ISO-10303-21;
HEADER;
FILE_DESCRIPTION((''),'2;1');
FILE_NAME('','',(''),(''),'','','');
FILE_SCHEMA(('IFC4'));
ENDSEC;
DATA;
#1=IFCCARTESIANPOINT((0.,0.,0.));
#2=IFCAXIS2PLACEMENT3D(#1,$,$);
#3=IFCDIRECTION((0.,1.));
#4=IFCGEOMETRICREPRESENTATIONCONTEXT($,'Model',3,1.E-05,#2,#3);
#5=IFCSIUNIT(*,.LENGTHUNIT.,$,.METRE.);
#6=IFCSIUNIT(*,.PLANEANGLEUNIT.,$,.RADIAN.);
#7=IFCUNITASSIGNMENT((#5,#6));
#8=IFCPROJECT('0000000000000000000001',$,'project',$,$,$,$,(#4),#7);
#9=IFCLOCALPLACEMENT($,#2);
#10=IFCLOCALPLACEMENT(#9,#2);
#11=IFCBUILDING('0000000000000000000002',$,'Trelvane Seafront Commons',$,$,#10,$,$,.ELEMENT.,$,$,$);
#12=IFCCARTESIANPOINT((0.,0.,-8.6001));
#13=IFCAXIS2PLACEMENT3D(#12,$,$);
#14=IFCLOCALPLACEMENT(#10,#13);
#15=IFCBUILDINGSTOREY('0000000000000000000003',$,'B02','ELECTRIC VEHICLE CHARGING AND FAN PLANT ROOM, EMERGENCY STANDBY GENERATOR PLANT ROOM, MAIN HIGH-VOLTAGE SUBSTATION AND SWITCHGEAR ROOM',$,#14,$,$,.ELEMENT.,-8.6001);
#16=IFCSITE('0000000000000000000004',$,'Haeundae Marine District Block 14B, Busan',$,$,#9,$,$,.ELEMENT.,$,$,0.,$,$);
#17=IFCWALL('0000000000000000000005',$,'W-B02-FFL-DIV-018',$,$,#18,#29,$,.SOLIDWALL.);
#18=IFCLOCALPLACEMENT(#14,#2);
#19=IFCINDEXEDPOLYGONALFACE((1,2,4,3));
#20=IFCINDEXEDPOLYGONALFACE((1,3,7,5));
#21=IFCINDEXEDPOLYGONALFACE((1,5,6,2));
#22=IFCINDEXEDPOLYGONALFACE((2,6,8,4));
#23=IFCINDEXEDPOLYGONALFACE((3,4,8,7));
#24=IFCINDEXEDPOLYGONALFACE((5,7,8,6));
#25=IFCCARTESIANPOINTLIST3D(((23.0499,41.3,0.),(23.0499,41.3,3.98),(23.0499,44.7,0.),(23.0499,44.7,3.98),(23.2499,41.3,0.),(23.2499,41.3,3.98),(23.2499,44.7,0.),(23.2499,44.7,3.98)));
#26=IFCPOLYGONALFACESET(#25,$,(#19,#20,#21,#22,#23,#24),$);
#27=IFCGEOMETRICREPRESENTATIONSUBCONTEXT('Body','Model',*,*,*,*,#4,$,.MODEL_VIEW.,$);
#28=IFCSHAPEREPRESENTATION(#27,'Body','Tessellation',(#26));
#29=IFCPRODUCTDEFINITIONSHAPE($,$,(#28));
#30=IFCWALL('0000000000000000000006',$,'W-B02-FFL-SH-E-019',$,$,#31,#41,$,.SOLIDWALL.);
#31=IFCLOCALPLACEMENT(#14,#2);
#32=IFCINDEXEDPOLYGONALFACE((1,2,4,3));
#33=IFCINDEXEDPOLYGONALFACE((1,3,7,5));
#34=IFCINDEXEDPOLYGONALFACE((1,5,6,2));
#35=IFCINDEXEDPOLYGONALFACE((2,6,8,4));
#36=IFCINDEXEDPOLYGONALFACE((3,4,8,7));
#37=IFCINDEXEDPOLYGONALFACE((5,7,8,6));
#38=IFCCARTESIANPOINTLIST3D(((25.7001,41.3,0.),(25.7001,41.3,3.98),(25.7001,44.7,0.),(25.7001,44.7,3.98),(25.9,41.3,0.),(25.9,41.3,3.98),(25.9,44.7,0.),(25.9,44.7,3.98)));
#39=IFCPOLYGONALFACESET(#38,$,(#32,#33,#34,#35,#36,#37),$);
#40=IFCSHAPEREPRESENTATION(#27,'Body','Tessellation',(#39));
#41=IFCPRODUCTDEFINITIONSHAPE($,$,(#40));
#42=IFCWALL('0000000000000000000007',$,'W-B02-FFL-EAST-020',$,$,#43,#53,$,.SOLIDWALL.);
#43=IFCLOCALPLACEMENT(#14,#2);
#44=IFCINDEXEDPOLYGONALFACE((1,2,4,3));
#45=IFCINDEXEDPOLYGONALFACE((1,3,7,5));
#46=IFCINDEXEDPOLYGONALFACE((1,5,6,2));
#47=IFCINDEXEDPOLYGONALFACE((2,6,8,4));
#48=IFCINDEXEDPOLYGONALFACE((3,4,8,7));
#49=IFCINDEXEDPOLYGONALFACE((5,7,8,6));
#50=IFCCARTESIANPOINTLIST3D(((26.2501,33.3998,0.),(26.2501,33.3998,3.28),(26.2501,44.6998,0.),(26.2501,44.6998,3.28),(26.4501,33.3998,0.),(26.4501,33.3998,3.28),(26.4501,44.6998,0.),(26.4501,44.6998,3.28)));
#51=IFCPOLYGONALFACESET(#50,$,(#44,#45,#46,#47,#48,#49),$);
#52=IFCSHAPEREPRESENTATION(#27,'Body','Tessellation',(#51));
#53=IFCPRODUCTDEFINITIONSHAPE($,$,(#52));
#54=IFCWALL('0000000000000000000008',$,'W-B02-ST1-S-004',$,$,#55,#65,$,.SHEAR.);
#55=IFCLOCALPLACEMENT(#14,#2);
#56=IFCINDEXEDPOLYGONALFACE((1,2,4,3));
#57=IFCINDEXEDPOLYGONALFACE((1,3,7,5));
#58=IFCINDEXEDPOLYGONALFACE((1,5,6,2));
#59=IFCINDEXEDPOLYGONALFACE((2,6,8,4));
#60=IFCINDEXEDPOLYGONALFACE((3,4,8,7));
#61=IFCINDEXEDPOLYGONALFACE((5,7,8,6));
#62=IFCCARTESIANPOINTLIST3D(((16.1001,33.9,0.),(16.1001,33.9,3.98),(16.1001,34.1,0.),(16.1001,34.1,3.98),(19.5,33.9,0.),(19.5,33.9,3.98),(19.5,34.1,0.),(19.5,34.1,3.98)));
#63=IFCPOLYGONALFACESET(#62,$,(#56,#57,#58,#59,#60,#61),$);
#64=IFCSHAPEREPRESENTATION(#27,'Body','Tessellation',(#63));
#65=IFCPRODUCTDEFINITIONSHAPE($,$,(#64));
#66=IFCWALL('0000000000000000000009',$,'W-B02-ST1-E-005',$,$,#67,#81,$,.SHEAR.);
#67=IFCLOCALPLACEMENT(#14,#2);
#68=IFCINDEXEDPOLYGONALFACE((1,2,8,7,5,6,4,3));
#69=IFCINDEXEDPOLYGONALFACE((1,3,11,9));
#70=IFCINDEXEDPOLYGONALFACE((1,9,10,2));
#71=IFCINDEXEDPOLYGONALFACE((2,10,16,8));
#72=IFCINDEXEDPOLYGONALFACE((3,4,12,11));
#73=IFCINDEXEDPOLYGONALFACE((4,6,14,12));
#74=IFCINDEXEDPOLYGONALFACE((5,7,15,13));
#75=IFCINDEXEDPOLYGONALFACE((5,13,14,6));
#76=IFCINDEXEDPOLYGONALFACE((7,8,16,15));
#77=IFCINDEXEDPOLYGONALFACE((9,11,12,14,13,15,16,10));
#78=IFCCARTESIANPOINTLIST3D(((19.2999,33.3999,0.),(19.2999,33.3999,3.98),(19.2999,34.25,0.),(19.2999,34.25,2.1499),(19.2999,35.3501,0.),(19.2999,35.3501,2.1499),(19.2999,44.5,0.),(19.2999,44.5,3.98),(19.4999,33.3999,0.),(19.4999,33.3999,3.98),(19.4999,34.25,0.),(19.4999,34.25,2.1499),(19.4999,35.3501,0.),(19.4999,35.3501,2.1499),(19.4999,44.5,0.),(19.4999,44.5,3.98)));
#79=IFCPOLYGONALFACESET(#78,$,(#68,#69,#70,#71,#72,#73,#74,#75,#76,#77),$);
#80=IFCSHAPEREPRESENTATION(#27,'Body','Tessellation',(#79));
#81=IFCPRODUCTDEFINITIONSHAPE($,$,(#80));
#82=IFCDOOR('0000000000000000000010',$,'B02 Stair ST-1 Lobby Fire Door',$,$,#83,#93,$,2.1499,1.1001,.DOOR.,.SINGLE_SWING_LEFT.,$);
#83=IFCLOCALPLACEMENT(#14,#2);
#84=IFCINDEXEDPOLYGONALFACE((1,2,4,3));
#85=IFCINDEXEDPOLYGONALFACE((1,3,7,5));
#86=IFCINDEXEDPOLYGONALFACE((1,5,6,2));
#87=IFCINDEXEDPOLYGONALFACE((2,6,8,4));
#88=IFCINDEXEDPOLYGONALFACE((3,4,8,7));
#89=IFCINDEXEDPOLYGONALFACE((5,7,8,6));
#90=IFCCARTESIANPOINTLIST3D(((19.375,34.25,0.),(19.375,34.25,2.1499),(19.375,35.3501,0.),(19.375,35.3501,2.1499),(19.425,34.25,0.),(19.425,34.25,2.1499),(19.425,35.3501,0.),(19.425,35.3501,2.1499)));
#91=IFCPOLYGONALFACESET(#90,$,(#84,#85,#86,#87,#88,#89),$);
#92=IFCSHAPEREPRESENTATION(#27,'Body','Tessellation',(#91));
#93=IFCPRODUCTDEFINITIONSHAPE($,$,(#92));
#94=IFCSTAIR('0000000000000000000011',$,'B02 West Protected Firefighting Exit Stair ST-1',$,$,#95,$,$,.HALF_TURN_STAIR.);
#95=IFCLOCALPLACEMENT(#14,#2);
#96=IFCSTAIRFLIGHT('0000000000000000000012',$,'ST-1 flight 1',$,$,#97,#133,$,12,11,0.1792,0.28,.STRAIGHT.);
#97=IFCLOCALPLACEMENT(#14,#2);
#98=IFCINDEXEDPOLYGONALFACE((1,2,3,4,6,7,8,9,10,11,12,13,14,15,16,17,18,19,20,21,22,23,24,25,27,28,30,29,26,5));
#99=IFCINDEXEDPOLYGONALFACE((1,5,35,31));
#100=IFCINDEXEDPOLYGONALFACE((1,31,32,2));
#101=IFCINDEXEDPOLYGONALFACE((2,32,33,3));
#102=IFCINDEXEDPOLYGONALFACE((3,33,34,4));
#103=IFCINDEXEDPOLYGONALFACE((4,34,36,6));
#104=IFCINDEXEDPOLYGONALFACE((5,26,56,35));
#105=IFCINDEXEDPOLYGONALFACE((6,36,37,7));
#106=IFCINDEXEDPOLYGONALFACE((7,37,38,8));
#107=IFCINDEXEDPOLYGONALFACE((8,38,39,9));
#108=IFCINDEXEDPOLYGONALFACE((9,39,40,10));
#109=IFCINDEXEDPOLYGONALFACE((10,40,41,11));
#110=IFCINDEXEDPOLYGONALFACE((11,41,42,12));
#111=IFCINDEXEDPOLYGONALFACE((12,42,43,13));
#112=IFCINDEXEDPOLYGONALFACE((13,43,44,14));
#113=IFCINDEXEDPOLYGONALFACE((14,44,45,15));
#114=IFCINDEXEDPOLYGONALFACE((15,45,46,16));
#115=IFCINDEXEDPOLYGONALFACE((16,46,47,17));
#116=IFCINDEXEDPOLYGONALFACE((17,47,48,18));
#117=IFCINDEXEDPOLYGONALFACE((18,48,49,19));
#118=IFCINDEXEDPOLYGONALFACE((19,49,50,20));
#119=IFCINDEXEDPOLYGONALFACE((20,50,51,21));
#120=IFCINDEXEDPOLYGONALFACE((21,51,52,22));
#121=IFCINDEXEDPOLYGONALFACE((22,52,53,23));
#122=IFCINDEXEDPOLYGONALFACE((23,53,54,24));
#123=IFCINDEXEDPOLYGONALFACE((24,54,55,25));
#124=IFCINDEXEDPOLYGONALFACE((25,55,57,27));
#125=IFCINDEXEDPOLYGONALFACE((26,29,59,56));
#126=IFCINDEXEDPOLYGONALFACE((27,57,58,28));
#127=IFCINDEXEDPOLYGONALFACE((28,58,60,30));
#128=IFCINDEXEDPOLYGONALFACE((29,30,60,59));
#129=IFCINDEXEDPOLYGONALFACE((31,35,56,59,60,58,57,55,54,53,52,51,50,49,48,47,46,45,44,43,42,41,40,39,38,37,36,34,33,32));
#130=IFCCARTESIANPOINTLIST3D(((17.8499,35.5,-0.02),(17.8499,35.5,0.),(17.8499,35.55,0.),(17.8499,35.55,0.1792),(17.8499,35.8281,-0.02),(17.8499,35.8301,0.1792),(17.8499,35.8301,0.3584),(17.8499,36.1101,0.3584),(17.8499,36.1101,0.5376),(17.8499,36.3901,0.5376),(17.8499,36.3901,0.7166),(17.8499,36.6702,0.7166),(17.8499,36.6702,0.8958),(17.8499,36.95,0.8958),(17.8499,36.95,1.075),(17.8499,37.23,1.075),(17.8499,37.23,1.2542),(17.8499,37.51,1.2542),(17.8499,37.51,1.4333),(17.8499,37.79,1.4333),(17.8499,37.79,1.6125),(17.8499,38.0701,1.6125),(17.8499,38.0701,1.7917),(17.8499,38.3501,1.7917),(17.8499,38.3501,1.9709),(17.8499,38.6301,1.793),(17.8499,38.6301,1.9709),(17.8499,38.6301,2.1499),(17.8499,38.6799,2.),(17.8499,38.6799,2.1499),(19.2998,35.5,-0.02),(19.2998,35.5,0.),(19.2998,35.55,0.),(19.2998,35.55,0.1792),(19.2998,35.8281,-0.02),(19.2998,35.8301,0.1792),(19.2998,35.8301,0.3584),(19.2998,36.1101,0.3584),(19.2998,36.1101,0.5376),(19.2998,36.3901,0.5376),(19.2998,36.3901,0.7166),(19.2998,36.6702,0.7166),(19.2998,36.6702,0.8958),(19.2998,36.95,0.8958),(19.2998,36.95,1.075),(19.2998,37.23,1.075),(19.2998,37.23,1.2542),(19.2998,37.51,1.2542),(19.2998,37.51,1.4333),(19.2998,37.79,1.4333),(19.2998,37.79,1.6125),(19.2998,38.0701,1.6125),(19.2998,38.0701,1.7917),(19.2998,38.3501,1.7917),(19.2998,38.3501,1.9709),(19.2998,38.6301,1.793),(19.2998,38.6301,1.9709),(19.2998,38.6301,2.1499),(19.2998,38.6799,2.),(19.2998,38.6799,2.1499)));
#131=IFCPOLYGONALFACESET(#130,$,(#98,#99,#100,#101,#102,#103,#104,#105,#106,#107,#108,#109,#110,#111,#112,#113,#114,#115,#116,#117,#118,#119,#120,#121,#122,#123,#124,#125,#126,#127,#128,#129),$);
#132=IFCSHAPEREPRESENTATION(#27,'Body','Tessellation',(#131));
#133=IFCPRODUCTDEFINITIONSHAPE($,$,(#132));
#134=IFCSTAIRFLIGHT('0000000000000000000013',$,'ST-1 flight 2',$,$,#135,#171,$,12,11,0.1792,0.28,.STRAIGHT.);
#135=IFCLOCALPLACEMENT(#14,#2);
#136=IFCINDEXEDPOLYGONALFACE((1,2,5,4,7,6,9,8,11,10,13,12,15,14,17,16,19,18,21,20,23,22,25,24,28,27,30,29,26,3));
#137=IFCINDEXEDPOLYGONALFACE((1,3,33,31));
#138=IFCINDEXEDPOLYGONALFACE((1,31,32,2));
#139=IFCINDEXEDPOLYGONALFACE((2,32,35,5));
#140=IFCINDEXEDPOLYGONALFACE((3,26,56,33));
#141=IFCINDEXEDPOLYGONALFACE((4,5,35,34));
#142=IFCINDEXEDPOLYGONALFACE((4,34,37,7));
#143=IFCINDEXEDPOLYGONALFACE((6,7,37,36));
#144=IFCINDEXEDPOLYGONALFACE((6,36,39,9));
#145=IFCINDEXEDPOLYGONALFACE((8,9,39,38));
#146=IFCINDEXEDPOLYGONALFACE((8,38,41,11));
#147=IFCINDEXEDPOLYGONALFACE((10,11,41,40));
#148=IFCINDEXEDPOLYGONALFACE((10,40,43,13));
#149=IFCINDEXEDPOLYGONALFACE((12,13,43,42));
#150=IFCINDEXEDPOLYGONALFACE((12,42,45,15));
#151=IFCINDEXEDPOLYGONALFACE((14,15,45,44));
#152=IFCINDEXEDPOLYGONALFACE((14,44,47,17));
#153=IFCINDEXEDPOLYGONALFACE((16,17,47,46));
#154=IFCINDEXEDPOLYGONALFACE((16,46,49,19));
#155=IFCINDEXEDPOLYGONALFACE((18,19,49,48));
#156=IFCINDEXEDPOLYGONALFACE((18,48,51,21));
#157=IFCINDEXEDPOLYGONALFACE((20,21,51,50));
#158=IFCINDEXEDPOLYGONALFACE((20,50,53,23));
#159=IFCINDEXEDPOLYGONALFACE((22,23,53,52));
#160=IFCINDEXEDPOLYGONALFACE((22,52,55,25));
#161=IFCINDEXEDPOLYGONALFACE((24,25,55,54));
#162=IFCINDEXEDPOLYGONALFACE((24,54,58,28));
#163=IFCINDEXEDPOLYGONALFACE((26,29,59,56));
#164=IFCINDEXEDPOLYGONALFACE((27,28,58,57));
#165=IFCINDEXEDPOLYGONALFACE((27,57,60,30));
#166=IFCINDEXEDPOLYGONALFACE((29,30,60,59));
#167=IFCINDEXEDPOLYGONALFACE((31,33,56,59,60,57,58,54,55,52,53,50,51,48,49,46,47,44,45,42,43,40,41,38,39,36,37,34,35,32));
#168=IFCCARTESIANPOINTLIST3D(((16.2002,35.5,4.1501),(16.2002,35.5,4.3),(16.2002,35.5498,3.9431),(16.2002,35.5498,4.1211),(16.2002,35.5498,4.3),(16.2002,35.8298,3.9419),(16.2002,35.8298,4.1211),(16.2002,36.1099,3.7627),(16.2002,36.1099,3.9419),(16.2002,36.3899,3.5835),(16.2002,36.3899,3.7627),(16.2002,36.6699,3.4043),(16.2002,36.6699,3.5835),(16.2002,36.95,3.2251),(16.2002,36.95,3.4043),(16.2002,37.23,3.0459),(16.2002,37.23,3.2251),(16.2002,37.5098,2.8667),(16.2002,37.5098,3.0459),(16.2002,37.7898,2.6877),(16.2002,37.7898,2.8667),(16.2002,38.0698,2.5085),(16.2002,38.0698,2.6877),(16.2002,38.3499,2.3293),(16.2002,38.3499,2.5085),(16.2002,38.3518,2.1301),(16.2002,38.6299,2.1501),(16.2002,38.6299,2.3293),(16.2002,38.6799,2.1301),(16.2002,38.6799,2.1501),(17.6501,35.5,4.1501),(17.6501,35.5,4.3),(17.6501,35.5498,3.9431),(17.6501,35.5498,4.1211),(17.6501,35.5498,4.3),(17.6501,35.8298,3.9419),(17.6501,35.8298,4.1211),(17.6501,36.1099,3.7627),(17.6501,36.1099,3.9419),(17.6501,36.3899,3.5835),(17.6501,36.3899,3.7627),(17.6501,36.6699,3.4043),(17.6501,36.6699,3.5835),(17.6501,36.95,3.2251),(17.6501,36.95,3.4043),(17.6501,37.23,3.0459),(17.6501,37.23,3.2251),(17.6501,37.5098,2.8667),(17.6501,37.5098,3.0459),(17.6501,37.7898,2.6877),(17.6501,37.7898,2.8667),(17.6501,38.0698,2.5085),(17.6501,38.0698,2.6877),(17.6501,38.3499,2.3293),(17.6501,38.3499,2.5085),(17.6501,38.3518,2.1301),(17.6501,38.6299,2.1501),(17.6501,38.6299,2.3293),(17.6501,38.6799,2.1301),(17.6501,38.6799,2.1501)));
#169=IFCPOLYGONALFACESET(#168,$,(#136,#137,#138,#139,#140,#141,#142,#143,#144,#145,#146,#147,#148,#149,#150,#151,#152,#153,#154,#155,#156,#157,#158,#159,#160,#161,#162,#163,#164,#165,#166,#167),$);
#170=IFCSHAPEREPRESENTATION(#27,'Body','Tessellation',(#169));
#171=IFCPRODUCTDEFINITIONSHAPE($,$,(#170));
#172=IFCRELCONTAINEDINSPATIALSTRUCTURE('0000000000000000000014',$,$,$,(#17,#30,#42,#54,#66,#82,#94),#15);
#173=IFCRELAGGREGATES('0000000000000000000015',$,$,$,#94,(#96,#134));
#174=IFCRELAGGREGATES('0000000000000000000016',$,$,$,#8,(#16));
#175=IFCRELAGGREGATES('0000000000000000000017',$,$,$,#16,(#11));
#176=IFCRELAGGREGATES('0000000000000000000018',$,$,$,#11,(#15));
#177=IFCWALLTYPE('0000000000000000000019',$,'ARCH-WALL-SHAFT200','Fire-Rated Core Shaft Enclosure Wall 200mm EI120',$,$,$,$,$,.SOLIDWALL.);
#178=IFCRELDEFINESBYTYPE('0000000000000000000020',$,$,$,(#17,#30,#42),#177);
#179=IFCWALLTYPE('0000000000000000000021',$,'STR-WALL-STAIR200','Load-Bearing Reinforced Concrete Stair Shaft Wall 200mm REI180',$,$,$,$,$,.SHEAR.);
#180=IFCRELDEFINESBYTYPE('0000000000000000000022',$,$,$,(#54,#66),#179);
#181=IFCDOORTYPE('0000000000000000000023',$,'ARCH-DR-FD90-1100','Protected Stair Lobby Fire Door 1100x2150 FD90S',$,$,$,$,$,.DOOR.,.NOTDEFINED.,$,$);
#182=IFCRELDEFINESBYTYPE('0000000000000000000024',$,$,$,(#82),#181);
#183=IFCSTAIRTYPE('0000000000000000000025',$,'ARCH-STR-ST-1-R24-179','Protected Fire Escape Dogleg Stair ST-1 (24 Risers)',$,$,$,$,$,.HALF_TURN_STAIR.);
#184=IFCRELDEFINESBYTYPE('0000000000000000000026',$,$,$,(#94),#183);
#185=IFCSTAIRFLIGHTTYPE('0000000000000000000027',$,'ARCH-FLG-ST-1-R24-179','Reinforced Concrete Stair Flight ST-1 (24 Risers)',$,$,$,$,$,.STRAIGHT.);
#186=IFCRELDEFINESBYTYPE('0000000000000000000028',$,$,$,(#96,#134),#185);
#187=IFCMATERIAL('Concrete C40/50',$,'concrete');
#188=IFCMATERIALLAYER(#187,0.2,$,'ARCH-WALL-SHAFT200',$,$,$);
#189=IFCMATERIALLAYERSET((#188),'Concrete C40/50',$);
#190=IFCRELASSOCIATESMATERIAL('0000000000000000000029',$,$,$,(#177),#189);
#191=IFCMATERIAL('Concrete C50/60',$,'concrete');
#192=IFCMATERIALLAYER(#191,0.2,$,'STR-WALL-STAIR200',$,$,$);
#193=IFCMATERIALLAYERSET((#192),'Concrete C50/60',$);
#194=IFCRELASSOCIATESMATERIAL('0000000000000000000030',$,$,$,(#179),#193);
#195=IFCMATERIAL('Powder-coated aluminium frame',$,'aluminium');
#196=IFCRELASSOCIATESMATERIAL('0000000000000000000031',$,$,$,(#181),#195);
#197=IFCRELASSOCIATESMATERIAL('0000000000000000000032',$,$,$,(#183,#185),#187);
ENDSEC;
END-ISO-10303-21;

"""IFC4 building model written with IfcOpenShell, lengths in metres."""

from ifc_helpers import new_model, si_unit, direction, frame, frame_2d, origin, place, context, subcontext, project, spatial, polyline, rectangle, outline, extrude, source, transform, mapped, material, layer, layer_set, type_object, element, fill, aggregate, save


model = new_model("IFC4")

# Units and contexts
model_context = context("Model", 3, precision=1e-05, world=origin(), true_north=direction((0.0, 1.0)))
body_context = subcontext(model_context, "Body", "Model", "MODEL_VIEW")
ifc_project = project(units=[si_unit("LENGTHUNIT", "METRE"), si_unit("PLANEANGLEUNIT", "RADIAN")], contexts=[model_context])

# Site, building, storey
site_placement = place(None, origin())
site = spatial("IfcSite", under=ifc_project, at=site_placement, Name="Haeundae Marine District Block 14B, Busan", CompositionType="ELEMENT", RefElevation=0.0)
building_placement = place(site_placement, origin())
building = spatial("IfcBuilding", under=site, at=building_placement, Name="Trelvane Seafront Commons", CompositionType="ELEMENT")
storey_placement = place(building_placement, frame((0.0, 0.0, -8.6001)))
storey = spatial("IfcBuildingStorey", under=building, at=storey_placement, Name="B02", Description="ELECTRIC VEHICLE CHARGING AND FAN PLANT ROOM, EMERGENCY STANDBY GENERATOR PLANT ROOM, MAIN HIGH-VOLTAGE SUBSTATION AND SWITCHGEAR ROOM", CompositionType="ELEMENT", Elevation=-8.6001)

# Shared definitions
ifc_material_1 = material(Name="Concrete C50/60", Category="concrete")

# Shared definitions
ifc_material_2 = material(Name="Concrete C40/50", Category="concrete")
ifc_material_3 = material(Name="Powder-coated aluminium frame", Category="aluminium")

# Shared definitions
ifc_layer_1 = layer(ifc_material_2, 0.2, Name="ARCH-WALL-SHAFT200")
ifc_layer_set_1 = layer_set([ifc_layer_1], Name="Concrete C40/50")
wall_type_1 = type_object("IfcWallType", Name="ARCH-WALL-SHAFT200", Description="Fire-Rated Core Shaft Enclosure Wall 200mm EI120", PredefinedType="SOLIDWALL", material=ifc_layer_set_1)
shared_shape_1 = source(origin(), body_context, "Body", "SweptSolid", [
    extrude(rectangle(XDim=1.1001, YDim=2.1499, at=frame_2d((0.55, 1.075))), frame((0.0, 0.0249, 0.0), z_axis=(0.0, -1.0, 0.0), x_axis=(1.0, 0.0, 0.0)), (0.0, 0.0, 1.0), 0.05),
])

# Walls
for number, where, z_axis, x_axis, name in (
    (1, (23.1499, 41.3, 0.0), (0.0, 0.0, 1.0), (0.0, 1.0, 0.0), "W-B02-FFL-DIV-018"),
    (2, (25.8, 41.3, 0.0), (0.0, 0.0, 1.0), (0.0, 1.0, 0.0), "W-B02-FFL-SH-E-019"),
):
    element("IfcWall", number, at=place(storey_placement, frame(where, z_axis=z_axis, x_axis=x_axis)), inside=storey, type_object=wall_type_1, Name=name, PredefinedType="SOLIDWALL", context=body_context, shape_type="SweptSolid", body=[
        extrude(rectangle(XDim=3.3999, YDim=0.2, at=frame_2d((1.7, 0.0))), origin(), (0.0, 0.0, 1.0), 3.98),
    ])
wall_1_placement = place(storey_placement, frame((26.3501, 33.3999, 0.0), z_axis=(0.0, 0.0, 1.0), x_axis=(0.0, 1.0, 0.0)))
element("IfcWall", 3, at=wall_1_placement, inside=storey, type_object=wall_type_1, Name="W-B02-FFL-EAST-020", PredefinedType="SOLIDWALL", context=body_context, shape_type="SweptSolid", body=[
    extrude(rectangle(XDim=11.3, YDim=0.2, at=frame_2d((5.6499, 0.0))), origin(), (0.0, 0.0, 1.0), 3.28),
])
ifc_layer_2 = layer(ifc_material_1, 0.2, Name="STR-WALL-STAIR200")
ifc_layer_set_2 = layer_set([ifc_layer_2], Name="Concrete C50/60")
wall_type_2 = type_object("IfcWallType", Name="STR-WALL-STAIR200", Description="Load-Bearing Reinforced Concrete Stair Shaft Wall 200mm REI180", PredefinedType="SHEAR", material=ifc_layer_set_2)
wall_2_placement = place(storey_placement, frame((16.1001, 34.0, 0.0), z_axis=(0.0, 0.0, 1.0), x_axis=(1.0, 0.0, 0.0)))
element("IfcWall", 4, at=wall_2_placement, inside=storey, type_object=wall_type_2, Name="W-B02-ST1-S-004", PredefinedType="SHEAR", context=body_context, shape_type="SweptSolid", body=[
    extrude(rectangle(XDim=3.3999, YDim=0.2, at=frame_2d((1.7, 0.0))), origin(), (0.0, 0.0, 1.0), 3.98),
])

# Wall, opening, door
wall_3_placement = place(storey_placement, frame((19.3999, 33.3999, 0.0), z_axis=(0.0, 0.0, 1.0), x_axis=(0.0, 1.0, 0.0)))
wall_3 = element("IfcWall", 5, at=wall_3_placement, inside=storey, type_object=wall_type_2, Name="W-B02-ST1-E-005", PredefinedType="SHEAR", context=body_context, shape_type="SweptSolid", body=[
    extrude(rectangle(XDim=11.1001, YDim=0.2, at=frame_2d((5.55, 0.0))), origin(), (0.0, 0.0, 1.0), 3.98),
])
opening_1_placement = place(wall_3_placement, frame((0.8501, 0.0, 0.0)))
opening_1 = element("IfcOpeningElement", 6, at=opening_1_placement, cuts=wall_3, PredefinedType="OPENING", context=body_context, shape_type="SweptSolid", body=[
    extrude(rectangle(XDim=1.1001, YDim=2.1499, at=frame_2d((0.55, 1.075))), frame((0.0, 0.1099, 0.0), z_axis=(0.0, -1.0, 0.0), x_axis=(1.0, 0.0, 0.0)), (0.0, 0.0, 1.0), 0.22),
])
door_type_1 = type_object("IfcDoorType", Name="ARCH-DR-FD90-1100", Description="Protected Stair Lobby Fire Door 1100x2150 FD90S", OperationType="NOTDEFINED", PredefinedType="DOOR", material=ifc_material_3)
door_1_placement = place(opening_1_placement, origin())
door_1 = element("IfcDoor", 7, at=door_1_placement, inside=storey, type_object=door_type_1, Name="B02 Stair ST-1 Lobby Fire Door", OperationType="SINGLE_SWING_LEFT", OverallHeight=2.1499, OverallWidth=1.1001, PredefinedType="DOOR", context=body_context, shape_type="MappedRepresentation", body=[
    mapped(shared_shape_1, transform((0.0, 0.0, 0.0), x_axis=(1.0, 0.0, 0.0), y_axis=(0.0, 1.0, 0.0), z_axis=(0.0, 0.0, 1.0), scale=1.0)),
])
fill(opening_1, door_1)

# Stair, stair flights
stair_type = type_object("IfcStairType", Name="ARCH-STR-ST-1-R24-179", Description="Protected Fire Escape Dogleg Stair ST-1 (24 Risers)", PredefinedType="HALF_TURN_STAIR", material=ifc_material_2)
stair_placement = place(storey_placement, origin())
stair = element("IfcStair", 8, at=stair_placement, inside=storey, type_object=stair_type, Name="B02 West Protected Firefighting Exit Stair ST-1", PredefinedType="HALF_TURN_STAIR")
stair_flight_type = type_object("IfcStairFlightType", Name="ARCH-FLG-ST-1-R24-179", Description="Reinforced Concrete Stair Flight ST-1 (24 Risers)", PredefinedType="STRAIGHT", material=ifc_material_2)
shared_shape_2 = source(origin(), body_context, "Body", "SweptSolid", [
    extrude(outline(polyline([(-0.05, -0.02), (-0.05, 0.0), (0.0, 0.0), (0.0, 0.1792), (0.28, 0.1792), (0.28, 0.3584), (0.5601, 0.3584), (0.5601, 0.5376), (0.8401, 0.5376), (0.8401, 0.7166), (1.1201, 0.7166), (1.1201, 0.8958), (1.3999, 0.8958), (1.3999, 1.075), (1.6799, 1.075), (1.6799, 1.2542), (1.96, 1.2542), (1.96, 1.4333), (2.24, 1.4333), (2.24, 1.6125), (2.52, 1.6125), (2.52, 1.7917), (2.8, 1.7917), (2.8, 1.9709), (3.0801, 1.9709), (3.0801, 2.1499), (3.1299, 2.1499), (3.1299, 2.0), (3.0801, 1.793), (0.2781, -0.02), (-0.05, -0.02)])), frame((0.0, 0.7251, 0.0), z_axis=(0.0, -1.0, 0.0), x_axis=(1.0, 0.0, 0.0)), (0.0, 0.0, 1.0), 1.45),
])
stair_flight_1_placement = place(storey_placement, frame((18.575, 35.55, 0.0), z_axis=(0.0, 0.0, 1.0), x_axis=(0.0, 1.0, 0.0)))
stair_flight_1 = element("IfcStairFlight", 9, at=stair_flight_1_placement, type_object=stair_flight_type, Name="ST-1 flight 1", NumberOfRisers=12, NumberOfTreads=11, PredefinedType="STRAIGHT", RiserHeight=0.1792, TreadLength=0.28, context=body_context, shape_type="MappedRepresentation", body=[
    mapped(shared_shape_2, transform((0.0, 0.0, 0.0), x_axis=(1.0, 0.0, 0.0), y_axis=(0.0, 1.0, 0.0), z_axis=(0.0, 0.0, 1.0), scale=1.0)),
])
stair_flight_2_placement = place(storey_placement, frame((16.925, 38.6299, 2.1501), z_axis=(0.0, 0.0, 1.0), x_axis=(0.0, -1.0, 0.0)))
stair_flight_2 = element("IfcStairFlight", 10, at=stair_flight_2_placement, type_object=stair_flight_type, Name="ST-1 flight 2", NumberOfRisers=12, NumberOfTreads=11, PredefinedType="STRAIGHT", RiserHeight=0.1792, TreadLength=0.28, context=body_context, shape_type="MappedRepresentation", body=[
    mapped(shared_shape_2, transform((0.0, 0.0, 0.0), x_axis=(1.0, 0.0, 0.0), y_axis=(0.0, 1.0, 0.0), z_axis=(0.0, 0.0, 1.0), scale=1.0)),
])
aggregate(stair, [stair_flight_1, stair_flight_2])

save(model, "model.ifc")
